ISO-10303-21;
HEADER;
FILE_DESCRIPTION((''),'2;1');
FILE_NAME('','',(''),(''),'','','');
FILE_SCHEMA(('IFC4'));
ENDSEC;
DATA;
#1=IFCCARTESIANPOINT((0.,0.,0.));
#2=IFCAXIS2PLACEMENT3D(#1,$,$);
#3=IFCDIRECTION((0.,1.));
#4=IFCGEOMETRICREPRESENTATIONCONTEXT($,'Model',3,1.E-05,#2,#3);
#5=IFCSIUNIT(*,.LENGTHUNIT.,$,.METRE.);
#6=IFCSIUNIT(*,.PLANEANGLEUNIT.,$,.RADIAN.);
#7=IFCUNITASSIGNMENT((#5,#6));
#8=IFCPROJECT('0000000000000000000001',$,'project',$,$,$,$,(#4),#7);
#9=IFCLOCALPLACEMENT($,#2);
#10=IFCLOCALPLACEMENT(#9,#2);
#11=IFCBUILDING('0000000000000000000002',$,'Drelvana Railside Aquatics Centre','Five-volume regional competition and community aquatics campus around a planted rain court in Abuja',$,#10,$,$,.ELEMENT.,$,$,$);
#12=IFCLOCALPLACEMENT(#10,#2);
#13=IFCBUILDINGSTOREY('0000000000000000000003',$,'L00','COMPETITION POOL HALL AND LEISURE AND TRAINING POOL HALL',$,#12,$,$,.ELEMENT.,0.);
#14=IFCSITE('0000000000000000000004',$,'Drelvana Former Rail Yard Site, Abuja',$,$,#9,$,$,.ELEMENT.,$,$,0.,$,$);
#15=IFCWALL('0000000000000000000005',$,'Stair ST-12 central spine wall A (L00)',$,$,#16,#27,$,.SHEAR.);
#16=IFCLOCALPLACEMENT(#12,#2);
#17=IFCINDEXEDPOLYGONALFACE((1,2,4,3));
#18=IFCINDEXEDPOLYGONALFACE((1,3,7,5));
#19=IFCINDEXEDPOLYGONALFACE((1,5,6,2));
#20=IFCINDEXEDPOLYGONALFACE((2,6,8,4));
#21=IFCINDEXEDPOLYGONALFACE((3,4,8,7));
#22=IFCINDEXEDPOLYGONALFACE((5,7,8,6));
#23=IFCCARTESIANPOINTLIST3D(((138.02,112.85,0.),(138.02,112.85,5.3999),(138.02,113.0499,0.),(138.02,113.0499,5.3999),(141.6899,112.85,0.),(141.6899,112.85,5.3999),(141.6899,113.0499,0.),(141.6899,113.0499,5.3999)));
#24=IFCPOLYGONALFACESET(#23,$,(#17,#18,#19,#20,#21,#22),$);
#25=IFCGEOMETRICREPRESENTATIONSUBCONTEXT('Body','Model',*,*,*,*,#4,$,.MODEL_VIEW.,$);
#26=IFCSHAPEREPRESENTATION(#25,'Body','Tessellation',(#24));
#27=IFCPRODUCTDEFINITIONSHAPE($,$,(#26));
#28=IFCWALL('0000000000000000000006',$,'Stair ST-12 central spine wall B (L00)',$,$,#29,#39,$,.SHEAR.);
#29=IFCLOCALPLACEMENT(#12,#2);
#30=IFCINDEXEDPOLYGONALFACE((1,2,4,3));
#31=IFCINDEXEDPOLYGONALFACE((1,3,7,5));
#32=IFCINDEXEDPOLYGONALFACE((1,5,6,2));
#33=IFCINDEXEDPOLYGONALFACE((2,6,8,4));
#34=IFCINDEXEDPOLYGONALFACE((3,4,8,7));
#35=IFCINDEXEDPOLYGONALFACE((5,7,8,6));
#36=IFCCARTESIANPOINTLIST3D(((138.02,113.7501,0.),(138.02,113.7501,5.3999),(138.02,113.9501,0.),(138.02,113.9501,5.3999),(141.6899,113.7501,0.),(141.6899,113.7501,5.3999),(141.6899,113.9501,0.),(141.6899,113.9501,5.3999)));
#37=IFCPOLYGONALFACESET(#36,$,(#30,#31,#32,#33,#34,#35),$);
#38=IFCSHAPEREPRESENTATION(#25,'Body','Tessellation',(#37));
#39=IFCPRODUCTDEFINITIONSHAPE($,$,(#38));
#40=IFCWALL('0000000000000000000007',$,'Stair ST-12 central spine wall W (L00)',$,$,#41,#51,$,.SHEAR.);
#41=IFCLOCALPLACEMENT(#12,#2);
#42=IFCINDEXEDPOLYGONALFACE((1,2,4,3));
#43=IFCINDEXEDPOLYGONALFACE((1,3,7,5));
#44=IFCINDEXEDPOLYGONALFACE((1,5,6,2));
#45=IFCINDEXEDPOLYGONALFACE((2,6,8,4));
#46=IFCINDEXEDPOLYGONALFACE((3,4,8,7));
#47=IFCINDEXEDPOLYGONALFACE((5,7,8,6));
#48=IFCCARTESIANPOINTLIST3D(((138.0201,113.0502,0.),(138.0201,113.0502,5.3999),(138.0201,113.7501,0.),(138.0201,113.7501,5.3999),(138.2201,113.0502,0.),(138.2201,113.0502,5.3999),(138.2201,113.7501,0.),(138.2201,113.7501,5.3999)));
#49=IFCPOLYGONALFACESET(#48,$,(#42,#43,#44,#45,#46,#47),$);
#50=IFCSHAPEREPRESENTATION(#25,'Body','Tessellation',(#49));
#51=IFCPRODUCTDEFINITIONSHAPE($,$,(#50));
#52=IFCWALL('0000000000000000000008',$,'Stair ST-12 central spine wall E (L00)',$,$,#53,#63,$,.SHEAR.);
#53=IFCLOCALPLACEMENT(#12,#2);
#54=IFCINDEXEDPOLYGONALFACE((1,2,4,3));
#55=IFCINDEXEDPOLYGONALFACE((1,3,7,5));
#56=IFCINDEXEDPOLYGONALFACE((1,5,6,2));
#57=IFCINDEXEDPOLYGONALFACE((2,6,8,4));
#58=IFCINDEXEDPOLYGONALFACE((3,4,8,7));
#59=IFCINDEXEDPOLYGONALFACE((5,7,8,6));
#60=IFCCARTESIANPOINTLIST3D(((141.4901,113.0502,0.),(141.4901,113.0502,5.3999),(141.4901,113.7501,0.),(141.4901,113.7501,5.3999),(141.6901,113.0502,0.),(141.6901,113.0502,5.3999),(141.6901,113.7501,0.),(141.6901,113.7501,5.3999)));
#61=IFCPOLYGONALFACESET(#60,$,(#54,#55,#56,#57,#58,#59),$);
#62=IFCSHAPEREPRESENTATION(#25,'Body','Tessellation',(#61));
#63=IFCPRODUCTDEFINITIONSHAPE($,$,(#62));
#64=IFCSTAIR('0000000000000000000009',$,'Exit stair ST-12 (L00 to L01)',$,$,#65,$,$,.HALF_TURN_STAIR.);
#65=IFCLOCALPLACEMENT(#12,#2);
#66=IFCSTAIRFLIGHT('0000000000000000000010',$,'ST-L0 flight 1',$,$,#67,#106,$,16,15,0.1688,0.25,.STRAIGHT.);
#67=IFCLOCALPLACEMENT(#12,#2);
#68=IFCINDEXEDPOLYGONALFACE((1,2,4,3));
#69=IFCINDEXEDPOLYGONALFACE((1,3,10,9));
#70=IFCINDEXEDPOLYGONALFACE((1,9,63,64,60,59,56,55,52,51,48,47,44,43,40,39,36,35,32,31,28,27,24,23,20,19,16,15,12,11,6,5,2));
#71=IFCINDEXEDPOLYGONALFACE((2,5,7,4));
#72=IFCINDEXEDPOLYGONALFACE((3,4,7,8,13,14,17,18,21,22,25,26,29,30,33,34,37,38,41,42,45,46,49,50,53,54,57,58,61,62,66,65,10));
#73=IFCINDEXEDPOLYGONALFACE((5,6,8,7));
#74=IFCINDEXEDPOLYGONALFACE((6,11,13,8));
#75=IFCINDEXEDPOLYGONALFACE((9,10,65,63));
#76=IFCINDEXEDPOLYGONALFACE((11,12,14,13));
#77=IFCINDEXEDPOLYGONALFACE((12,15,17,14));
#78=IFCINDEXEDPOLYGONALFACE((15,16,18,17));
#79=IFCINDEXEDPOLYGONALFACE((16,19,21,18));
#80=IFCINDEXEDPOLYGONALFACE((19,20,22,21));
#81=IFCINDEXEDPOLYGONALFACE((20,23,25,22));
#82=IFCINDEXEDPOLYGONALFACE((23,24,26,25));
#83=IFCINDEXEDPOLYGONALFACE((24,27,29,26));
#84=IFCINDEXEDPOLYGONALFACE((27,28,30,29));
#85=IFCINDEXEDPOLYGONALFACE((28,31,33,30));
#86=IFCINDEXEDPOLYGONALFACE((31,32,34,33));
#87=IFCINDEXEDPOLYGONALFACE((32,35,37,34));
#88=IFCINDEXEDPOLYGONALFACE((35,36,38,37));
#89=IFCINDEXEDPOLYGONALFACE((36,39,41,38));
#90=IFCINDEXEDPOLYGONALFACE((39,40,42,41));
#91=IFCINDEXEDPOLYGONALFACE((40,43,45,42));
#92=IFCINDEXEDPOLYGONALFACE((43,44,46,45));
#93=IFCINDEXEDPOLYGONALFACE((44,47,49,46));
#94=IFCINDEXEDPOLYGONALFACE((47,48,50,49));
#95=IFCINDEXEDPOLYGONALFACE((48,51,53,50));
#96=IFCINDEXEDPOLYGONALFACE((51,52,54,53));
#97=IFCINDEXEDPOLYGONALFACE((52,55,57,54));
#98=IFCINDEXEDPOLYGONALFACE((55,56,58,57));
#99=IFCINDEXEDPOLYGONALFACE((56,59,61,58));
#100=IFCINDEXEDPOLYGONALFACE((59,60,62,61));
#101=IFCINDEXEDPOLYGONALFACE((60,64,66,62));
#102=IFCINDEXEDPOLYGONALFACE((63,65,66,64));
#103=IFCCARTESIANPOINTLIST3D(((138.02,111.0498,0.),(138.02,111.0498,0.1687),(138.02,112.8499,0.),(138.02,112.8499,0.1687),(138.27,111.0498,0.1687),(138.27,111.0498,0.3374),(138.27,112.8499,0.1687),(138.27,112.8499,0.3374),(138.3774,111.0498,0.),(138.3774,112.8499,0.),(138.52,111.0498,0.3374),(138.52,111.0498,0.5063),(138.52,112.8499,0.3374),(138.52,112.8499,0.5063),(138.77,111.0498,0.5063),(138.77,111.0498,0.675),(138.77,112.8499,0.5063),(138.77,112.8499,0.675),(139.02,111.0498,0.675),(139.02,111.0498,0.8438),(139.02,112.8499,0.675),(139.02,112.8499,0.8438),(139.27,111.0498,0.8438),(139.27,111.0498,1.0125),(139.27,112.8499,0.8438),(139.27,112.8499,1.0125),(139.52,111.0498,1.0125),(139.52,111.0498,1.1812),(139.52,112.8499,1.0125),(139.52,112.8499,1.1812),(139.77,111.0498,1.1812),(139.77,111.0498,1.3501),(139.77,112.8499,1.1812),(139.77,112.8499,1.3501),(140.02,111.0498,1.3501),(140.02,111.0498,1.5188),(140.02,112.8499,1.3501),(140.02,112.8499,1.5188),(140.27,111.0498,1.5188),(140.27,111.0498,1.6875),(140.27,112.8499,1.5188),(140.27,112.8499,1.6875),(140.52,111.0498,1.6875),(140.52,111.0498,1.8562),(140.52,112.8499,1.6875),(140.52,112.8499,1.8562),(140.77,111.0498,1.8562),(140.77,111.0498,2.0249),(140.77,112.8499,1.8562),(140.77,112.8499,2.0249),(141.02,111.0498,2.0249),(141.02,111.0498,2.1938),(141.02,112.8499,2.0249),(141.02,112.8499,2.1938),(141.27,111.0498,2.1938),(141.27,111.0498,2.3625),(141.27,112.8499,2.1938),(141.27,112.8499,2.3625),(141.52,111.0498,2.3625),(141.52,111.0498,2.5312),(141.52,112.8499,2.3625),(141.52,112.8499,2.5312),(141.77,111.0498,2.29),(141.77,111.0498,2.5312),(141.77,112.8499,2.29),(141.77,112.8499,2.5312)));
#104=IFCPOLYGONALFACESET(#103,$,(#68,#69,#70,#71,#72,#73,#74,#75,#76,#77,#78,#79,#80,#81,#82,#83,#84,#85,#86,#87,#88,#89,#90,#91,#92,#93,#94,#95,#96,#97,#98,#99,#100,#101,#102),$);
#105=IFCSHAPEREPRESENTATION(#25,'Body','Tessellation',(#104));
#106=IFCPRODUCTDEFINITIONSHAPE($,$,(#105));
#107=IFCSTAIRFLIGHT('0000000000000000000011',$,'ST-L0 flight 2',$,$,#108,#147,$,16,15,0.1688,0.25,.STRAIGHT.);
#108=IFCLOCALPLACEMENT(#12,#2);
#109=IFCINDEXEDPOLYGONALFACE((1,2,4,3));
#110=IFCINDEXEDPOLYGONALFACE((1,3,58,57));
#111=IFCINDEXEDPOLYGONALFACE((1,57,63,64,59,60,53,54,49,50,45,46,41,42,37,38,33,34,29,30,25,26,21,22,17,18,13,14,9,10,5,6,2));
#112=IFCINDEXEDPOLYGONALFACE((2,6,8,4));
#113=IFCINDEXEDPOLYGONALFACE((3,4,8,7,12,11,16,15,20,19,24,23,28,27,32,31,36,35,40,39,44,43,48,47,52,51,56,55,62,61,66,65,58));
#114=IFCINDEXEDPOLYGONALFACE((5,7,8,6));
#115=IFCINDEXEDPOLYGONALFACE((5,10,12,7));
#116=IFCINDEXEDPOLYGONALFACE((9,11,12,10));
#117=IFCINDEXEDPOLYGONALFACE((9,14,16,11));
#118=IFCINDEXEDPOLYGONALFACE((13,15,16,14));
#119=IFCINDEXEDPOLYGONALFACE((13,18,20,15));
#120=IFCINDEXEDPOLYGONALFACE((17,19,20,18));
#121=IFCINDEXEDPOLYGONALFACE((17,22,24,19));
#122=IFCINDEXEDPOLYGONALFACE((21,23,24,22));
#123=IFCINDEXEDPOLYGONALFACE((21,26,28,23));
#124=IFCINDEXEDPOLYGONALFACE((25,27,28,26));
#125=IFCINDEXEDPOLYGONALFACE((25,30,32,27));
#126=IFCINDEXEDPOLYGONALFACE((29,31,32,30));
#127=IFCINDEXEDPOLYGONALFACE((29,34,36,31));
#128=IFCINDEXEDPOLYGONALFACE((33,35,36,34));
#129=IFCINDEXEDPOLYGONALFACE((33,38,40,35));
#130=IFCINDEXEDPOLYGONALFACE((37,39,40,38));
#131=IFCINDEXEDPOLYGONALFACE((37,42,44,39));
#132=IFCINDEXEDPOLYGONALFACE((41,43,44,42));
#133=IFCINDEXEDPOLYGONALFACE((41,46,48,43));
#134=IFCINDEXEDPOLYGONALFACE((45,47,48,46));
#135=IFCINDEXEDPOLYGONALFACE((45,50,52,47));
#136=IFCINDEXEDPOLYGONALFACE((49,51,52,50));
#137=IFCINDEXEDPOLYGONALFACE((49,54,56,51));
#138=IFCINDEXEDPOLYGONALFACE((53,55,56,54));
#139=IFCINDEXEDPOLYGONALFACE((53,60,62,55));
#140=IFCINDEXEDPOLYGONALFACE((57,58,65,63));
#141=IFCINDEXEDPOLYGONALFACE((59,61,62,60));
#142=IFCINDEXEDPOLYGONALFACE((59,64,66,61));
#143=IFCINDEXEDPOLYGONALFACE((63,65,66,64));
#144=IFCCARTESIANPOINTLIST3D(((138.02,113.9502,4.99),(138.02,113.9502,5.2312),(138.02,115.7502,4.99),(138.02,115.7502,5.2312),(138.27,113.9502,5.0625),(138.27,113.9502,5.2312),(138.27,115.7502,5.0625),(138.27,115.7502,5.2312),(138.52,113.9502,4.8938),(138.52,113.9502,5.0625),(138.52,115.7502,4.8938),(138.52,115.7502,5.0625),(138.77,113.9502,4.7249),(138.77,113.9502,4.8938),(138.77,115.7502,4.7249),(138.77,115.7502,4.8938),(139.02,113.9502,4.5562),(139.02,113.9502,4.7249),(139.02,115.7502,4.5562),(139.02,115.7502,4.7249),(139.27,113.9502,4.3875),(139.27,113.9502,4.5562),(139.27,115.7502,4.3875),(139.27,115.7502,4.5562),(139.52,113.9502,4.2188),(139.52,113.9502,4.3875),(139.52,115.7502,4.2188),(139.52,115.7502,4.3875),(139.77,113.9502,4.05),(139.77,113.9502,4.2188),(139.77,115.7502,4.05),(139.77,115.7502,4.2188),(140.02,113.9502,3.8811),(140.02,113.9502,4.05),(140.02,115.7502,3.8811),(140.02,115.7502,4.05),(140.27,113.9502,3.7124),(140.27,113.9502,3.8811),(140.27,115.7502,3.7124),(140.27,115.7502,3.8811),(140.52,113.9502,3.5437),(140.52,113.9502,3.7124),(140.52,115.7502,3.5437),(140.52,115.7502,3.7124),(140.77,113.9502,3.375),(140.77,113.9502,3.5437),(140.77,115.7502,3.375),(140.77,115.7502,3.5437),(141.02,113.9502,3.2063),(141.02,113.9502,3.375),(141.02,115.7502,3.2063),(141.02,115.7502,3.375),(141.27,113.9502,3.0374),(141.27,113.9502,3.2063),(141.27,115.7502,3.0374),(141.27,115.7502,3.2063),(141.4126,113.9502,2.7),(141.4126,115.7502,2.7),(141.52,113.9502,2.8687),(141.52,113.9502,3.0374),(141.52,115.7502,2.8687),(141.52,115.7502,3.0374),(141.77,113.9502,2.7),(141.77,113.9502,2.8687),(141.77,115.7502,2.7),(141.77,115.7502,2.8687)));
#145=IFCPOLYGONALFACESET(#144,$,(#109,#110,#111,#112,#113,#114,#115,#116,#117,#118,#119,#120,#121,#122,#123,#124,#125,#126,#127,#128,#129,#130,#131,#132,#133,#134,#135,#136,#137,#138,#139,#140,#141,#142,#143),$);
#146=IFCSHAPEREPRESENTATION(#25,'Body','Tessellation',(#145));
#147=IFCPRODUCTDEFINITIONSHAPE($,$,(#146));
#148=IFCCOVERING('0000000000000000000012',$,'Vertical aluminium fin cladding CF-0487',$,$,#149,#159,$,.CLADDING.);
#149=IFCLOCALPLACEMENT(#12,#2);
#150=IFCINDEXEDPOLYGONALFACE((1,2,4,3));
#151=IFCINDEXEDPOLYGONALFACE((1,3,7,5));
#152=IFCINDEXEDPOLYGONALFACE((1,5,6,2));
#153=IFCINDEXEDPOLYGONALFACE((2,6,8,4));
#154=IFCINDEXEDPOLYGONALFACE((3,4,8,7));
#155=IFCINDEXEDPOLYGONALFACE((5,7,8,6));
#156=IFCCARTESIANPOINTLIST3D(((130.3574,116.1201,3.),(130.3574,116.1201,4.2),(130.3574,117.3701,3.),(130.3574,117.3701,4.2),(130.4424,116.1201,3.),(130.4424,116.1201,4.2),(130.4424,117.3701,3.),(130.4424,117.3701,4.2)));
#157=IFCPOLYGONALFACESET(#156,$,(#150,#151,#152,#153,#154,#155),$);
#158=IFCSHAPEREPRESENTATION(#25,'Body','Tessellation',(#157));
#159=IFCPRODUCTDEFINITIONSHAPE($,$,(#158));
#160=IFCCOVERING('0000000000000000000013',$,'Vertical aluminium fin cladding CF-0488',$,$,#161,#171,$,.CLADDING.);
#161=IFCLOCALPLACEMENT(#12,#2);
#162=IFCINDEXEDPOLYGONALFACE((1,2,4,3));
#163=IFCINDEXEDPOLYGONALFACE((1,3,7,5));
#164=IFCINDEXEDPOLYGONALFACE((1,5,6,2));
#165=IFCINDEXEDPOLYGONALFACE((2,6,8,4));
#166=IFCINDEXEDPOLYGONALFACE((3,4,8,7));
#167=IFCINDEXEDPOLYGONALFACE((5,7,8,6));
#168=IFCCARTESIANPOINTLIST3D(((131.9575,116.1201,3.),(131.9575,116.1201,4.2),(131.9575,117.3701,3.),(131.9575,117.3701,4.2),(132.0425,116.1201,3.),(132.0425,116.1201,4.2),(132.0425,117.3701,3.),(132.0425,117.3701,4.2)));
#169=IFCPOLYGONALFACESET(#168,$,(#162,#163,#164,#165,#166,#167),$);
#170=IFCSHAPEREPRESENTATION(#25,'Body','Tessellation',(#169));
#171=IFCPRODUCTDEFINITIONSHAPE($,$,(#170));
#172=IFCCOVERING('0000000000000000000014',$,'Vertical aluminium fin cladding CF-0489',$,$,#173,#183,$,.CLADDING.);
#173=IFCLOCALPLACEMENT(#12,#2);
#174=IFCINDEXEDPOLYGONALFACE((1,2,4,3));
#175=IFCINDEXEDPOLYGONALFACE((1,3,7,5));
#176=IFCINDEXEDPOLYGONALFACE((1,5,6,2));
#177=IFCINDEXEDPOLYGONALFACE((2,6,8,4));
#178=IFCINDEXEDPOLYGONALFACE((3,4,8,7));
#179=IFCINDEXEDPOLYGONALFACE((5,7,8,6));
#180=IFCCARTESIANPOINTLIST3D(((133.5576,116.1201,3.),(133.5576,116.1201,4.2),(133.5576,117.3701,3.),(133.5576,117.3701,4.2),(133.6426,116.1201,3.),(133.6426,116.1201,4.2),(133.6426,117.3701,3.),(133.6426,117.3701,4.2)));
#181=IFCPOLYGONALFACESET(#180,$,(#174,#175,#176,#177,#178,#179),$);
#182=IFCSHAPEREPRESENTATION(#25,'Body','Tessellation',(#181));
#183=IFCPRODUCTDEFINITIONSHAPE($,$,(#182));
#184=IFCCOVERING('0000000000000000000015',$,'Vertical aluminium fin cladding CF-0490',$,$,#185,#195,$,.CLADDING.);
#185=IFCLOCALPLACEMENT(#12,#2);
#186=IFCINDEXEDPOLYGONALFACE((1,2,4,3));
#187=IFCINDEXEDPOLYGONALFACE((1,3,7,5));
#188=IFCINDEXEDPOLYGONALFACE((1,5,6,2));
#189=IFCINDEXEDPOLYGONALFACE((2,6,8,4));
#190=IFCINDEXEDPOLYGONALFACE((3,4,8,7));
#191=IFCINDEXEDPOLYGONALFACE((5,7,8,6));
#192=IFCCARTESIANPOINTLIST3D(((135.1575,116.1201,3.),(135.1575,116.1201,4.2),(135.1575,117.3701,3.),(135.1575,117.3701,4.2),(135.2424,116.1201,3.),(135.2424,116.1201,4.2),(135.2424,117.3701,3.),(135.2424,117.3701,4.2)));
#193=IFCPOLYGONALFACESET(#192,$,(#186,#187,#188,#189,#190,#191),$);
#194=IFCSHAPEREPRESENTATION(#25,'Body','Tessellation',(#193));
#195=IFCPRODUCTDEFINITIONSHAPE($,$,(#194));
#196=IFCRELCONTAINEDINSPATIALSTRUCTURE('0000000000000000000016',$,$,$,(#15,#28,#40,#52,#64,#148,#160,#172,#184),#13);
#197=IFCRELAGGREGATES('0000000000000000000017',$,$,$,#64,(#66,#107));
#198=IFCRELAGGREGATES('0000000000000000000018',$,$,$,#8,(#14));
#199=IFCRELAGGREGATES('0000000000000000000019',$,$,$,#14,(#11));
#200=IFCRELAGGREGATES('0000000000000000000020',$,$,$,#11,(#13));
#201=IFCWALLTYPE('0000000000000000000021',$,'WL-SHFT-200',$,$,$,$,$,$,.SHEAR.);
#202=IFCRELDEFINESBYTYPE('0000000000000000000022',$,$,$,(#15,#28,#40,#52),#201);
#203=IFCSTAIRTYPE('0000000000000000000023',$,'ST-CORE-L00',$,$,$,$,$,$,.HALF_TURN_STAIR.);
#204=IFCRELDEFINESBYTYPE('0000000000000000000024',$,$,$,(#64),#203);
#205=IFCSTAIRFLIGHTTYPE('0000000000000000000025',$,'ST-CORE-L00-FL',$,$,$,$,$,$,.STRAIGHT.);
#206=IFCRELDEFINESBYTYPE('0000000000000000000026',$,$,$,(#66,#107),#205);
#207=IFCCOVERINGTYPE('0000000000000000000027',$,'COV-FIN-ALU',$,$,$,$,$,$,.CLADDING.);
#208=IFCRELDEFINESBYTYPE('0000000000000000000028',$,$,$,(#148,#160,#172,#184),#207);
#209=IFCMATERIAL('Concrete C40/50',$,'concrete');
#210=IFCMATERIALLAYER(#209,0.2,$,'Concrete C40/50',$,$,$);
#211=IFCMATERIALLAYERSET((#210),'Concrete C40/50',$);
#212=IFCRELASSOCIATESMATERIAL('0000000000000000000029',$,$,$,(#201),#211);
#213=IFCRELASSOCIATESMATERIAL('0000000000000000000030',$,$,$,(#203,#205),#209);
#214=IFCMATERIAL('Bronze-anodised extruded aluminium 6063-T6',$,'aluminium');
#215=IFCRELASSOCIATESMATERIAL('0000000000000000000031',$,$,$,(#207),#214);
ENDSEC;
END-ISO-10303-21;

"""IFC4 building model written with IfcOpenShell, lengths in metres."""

from ifc_helpers import new_model, si_unit, direction, frame, frame_2d, origin, origin_2d, place, context, subcontext, project, spatial, polyline, rectangle, outline, extrude, material, layer, layer_set, type_object, element, aggregate, save


model = new_model("IFC4")

# Units and contexts
model_context = context("Model", 3, precision=1e-05, world=origin(), true_north=direction((0.0, 1.0)))
body_context = subcontext(model_context, "Body", "Model", "MODEL_VIEW")
ifc_project = project(units=[si_unit("LENGTHUNIT", "METRE"), si_unit("PLANEANGLEUNIT", "RADIAN")], contexts=[model_context])

# Site, building, storey
site_placement = place(None, origin())
site = spatial("IfcSite", under=ifc_project, at=site_placement, Name="Drelvana Former Rail Yard Site, Abuja", CompositionType="ELEMENT", RefElevation=0.0)
building_placement = place(site_placement, origin())
building = spatial("IfcBuilding", under=site, at=building_placement, Name="Drelvana Railside Aquatics Centre", Description="Five-volume regional competition and community aquatics campus around a planted rain court in Abuja", CompositionType="ELEMENT")
storey_placement = place(building_placement, origin())
storey = spatial("IfcBuildingStorey", under=building, at=storey_placement, Name="L00", Description="COMPETITION POOL HALL AND LEISURE AND TRAINING POOL HALL", CompositionType="ELEMENT", Elevation=0.0)

# Shared definitions
ifc_material_1 = material(Name="Concrete C40/50", Category="concrete")

# Walls
ifc_layer_1 = layer(ifc_material_1, 0.2, Name="Concrete C40/50")
ifc_layer_set_1 = layer_set([ifc_layer_1], Name="Concrete C40/50")
wall_type_1 = type_object("IfcWallType", Name="WL-SHFT-200", PredefinedType="SHEAR", material=ifc_layer_set_1)
for number, where, z_axis, x_axis, name in (
    (1, (138.02, 112.95, 0.0), (0.0, 0.0, 1.0), (1.0, 0.0, 0.0), "Stair ST-12 central spine wall A (L00)"),
    (2, (138.02, 113.8501, 0.0), (0.0, 0.0, 1.0), (1.0, 0.0, 0.0), "Stair ST-12 central spine wall B (L00)"),
):
    element("IfcWall", number, at=place(storey_placement, frame(where, z_axis=z_axis, x_axis=x_axis)), inside=storey, type_object=wall_type_1, Name=name, PredefinedType="SHEAR", context=body_context, shape_type="SweptSolid", body=[
        extrude(rectangle(XDim=3.6699, YDim=0.2, at=frame_2d((1.835, 0.0))), origin(), (0.0, 0.0, 1.0), 5.3999),
    ])
for number, where, z_axis, x_axis, name in (
    (3, (138.1201, 113.05, 0.0), (0.0, 0.0, 1.0), (0.0, 1.0, 0.0), "Stair ST-12 central spine wall W (L00)"),
    (4, (141.5901, 113.05, 0.0), (0.0, 0.0, 1.0), (0.0, 1.0, 0.0), "Stair ST-12 central spine wall E (L00)"),
):
    element("IfcWall", number, at=place(storey_placement, frame(where, z_axis=z_axis, x_axis=x_axis)), inside=storey, type_object=wall_type_1, Name=name, PredefinedType="SHEAR", context=body_context, shape_type="SweptSolid", body=[
        extrude(rectangle(XDim=0.7, YDim=0.2, at=frame_2d((0.3501, 0.0))), origin(), (0.0, 0.0, 1.0), 5.3999),
    ])

# Stair, stair flights
stair_type = type_object("IfcStairType", Name="ST-CORE-L00", PredefinedType="HALF_TURN_STAIR", material=ifc_material_1)
stair_placement = place(storey_placement, origin())
stair = element("IfcStair", 5, at=stair_placement, inside=storey, type_object=stair_type, Name="Exit stair ST-12 (L00 to L01)", PredefinedType="HALF_TURN_STAIR")
stair_flight_type = type_object("IfcStairFlightType", Name="ST-CORE-L00-FL", PredefinedType="STRAIGHT", material=ifc_material_1)
stair_flight_1_placement = place(storey_placement, frame((138.02, 111.95, 0.0), z_axis=(0.0, 0.0, 1.0), x_axis=(1.0, 0.0, 0.0)))
stair_flight_1 = element("IfcStairFlight", 6, at=stair_flight_1_placement, type_object=stair_flight_type, Name="ST-L0 flight 1", NumberOfRisers=16, NumberOfTreads=15, PredefinedType="STRAIGHT", RiserHeight=0.1688, TreadLength=0.25, context=body_context, shape_type="SweptSolid", body=[
    extrude(outline(polyline([(0.0, 0.0), (0.0, 0.1687), (0.25, 0.1687), (0.25, 0.3374), (0.5, 0.3374), (0.5, 0.5063), (0.75, 0.5063), (0.75, 0.675), (1.0, 0.675), (1.0, 0.8438), (1.25, 0.8438), (1.25, 1.0125), (1.5, 1.0125), (1.5, 1.1812), (1.75, 1.1812), (1.75, 1.3501), (2.0, 1.3501), (2.0, 1.5188), (2.25, 1.5188), (2.25, 1.6875), (2.5, 1.6875), (2.5, 1.8562), (2.75, 1.8562), (2.75, 2.0249), (3.0, 2.0249), (3.0, 2.1938), (3.25, 2.1938), (3.25, 2.3625), (3.5, 2.3625), (3.5, 2.5312), (3.75, 2.5312), (3.75, 2.7), (3.75, 2.29), (0.3574, 0.0), (0.0, 0.0)])), frame((0.0, 0.8999, 0.0), z_axis=(0.0, -1.0, 0.0), x_axis=(1.0, 0.0, 0.0)), (0.0, 0.0, 1.0), 1.8),
])
stair_flight_2_placement = place(storey_placement, frame((141.77, 114.8501, 2.7), z_axis=(0.0, 0.0, 1.0), x_axis=(-1.0, 0.0, 0.0)))
stair_flight_2 = element("IfcStairFlight", 7, at=stair_flight_2_placement, type_object=stair_flight_type, Name="ST-L0 flight 2", NumberOfRisers=16, NumberOfTreads=15, PredefinedType="STRAIGHT", RiserHeight=0.1688, TreadLength=0.25, context=body_context, shape_type="SweptSolid", body=[
    extrude(outline(polyline([(0.0, 0.0), (0.0, 0.1687), (0.25, 0.1687), (0.25, 0.3374), (0.5, 0.3374), (0.5, 0.5063), (0.75, 0.5063), (0.75, 0.675), (1.0, 0.675), (1.0, 0.8438), (1.25, 0.8438), (1.25, 1.0125), (1.5, 1.0125), (1.5, 1.1812), (1.75, 1.1812), (1.75, 1.3501), (2.0, 1.3501), (2.0, 1.5188), (2.25, 1.5188), (2.25, 1.6875), (2.5, 1.6875), (2.5, 1.8562), (2.75, 1.8562), (2.75, 2.0249), (3.0, 2.0249), (3.0, 2.1938), (3.25, 2.1938), (3.25, 2.3625), (3.5, 2.3625), (3.5, 2.5312), (3.75, 2.5312), (3.75, 2.7), (3.75, 2.29), (0.3574, 0.0), (0.0, 0.0)])), frame((0.0, 0.8999, 0.0), z_axis=(0.0, -1.0, 0.0), x_axis=(1.0, 0.0, 0.0)), (0.0, 0.0, 1.0), 1.8),
])
aggregate(stair, [stair_flight_1, stair_flight_2])

# Coverings
ifc_material_2 = material(Name="Bronze-anodised extruded aluminium 6063-T6", Category="aluminium")
covering_type = type_object("IfcCoveringType", Name="COV-FIN-ALU", PredefinedType="CLADDING", material=ifc_material_2)
for number, where, z_axis, x_axis, name in (
    (8, (130.3999, 116.7451, 3.0), (0.0, 0.0, 1.0), (1.0, 0.0, 0.0), "Vertical aluminium fin cladding CF-0487"),
    (9, (132.0, 116.7451, 3.0), (0.0, 0.0, 1.0), (1.0, 0.0, 0.0), "Vertical aluminium fin cladding CF-0488"),
    (10, (133.6001, 116.7451, 3.0), (0.0, 0.0, 1.0), (1.0, 0.0, 0.0), "Vertical aluminium fin cladding CF-0489"),
    (11, (135.2, 116.7451, 3.0), (0.0, 0.0, 1.0), (1.0, 0.0, 0.0), "Vertical aluminium fin cladding CF-0490"),
):
    element("IfcCovering", number, at=place(storey_placement, frame(where, z_axis=z_axis, x_axis=x_axis)), inside=storey, type_object=covering_type, Name=name, PredefinedType="CLADDING", context=body_context, shape_type="SweptSolid", body=[
        extrude(rectangle(XDim=0.085, YDim=1.25, at=origin_2d()), origin(), (0.0, 0.0, 1.0), 1.2),
    ])

save(model, "model.ifc")
